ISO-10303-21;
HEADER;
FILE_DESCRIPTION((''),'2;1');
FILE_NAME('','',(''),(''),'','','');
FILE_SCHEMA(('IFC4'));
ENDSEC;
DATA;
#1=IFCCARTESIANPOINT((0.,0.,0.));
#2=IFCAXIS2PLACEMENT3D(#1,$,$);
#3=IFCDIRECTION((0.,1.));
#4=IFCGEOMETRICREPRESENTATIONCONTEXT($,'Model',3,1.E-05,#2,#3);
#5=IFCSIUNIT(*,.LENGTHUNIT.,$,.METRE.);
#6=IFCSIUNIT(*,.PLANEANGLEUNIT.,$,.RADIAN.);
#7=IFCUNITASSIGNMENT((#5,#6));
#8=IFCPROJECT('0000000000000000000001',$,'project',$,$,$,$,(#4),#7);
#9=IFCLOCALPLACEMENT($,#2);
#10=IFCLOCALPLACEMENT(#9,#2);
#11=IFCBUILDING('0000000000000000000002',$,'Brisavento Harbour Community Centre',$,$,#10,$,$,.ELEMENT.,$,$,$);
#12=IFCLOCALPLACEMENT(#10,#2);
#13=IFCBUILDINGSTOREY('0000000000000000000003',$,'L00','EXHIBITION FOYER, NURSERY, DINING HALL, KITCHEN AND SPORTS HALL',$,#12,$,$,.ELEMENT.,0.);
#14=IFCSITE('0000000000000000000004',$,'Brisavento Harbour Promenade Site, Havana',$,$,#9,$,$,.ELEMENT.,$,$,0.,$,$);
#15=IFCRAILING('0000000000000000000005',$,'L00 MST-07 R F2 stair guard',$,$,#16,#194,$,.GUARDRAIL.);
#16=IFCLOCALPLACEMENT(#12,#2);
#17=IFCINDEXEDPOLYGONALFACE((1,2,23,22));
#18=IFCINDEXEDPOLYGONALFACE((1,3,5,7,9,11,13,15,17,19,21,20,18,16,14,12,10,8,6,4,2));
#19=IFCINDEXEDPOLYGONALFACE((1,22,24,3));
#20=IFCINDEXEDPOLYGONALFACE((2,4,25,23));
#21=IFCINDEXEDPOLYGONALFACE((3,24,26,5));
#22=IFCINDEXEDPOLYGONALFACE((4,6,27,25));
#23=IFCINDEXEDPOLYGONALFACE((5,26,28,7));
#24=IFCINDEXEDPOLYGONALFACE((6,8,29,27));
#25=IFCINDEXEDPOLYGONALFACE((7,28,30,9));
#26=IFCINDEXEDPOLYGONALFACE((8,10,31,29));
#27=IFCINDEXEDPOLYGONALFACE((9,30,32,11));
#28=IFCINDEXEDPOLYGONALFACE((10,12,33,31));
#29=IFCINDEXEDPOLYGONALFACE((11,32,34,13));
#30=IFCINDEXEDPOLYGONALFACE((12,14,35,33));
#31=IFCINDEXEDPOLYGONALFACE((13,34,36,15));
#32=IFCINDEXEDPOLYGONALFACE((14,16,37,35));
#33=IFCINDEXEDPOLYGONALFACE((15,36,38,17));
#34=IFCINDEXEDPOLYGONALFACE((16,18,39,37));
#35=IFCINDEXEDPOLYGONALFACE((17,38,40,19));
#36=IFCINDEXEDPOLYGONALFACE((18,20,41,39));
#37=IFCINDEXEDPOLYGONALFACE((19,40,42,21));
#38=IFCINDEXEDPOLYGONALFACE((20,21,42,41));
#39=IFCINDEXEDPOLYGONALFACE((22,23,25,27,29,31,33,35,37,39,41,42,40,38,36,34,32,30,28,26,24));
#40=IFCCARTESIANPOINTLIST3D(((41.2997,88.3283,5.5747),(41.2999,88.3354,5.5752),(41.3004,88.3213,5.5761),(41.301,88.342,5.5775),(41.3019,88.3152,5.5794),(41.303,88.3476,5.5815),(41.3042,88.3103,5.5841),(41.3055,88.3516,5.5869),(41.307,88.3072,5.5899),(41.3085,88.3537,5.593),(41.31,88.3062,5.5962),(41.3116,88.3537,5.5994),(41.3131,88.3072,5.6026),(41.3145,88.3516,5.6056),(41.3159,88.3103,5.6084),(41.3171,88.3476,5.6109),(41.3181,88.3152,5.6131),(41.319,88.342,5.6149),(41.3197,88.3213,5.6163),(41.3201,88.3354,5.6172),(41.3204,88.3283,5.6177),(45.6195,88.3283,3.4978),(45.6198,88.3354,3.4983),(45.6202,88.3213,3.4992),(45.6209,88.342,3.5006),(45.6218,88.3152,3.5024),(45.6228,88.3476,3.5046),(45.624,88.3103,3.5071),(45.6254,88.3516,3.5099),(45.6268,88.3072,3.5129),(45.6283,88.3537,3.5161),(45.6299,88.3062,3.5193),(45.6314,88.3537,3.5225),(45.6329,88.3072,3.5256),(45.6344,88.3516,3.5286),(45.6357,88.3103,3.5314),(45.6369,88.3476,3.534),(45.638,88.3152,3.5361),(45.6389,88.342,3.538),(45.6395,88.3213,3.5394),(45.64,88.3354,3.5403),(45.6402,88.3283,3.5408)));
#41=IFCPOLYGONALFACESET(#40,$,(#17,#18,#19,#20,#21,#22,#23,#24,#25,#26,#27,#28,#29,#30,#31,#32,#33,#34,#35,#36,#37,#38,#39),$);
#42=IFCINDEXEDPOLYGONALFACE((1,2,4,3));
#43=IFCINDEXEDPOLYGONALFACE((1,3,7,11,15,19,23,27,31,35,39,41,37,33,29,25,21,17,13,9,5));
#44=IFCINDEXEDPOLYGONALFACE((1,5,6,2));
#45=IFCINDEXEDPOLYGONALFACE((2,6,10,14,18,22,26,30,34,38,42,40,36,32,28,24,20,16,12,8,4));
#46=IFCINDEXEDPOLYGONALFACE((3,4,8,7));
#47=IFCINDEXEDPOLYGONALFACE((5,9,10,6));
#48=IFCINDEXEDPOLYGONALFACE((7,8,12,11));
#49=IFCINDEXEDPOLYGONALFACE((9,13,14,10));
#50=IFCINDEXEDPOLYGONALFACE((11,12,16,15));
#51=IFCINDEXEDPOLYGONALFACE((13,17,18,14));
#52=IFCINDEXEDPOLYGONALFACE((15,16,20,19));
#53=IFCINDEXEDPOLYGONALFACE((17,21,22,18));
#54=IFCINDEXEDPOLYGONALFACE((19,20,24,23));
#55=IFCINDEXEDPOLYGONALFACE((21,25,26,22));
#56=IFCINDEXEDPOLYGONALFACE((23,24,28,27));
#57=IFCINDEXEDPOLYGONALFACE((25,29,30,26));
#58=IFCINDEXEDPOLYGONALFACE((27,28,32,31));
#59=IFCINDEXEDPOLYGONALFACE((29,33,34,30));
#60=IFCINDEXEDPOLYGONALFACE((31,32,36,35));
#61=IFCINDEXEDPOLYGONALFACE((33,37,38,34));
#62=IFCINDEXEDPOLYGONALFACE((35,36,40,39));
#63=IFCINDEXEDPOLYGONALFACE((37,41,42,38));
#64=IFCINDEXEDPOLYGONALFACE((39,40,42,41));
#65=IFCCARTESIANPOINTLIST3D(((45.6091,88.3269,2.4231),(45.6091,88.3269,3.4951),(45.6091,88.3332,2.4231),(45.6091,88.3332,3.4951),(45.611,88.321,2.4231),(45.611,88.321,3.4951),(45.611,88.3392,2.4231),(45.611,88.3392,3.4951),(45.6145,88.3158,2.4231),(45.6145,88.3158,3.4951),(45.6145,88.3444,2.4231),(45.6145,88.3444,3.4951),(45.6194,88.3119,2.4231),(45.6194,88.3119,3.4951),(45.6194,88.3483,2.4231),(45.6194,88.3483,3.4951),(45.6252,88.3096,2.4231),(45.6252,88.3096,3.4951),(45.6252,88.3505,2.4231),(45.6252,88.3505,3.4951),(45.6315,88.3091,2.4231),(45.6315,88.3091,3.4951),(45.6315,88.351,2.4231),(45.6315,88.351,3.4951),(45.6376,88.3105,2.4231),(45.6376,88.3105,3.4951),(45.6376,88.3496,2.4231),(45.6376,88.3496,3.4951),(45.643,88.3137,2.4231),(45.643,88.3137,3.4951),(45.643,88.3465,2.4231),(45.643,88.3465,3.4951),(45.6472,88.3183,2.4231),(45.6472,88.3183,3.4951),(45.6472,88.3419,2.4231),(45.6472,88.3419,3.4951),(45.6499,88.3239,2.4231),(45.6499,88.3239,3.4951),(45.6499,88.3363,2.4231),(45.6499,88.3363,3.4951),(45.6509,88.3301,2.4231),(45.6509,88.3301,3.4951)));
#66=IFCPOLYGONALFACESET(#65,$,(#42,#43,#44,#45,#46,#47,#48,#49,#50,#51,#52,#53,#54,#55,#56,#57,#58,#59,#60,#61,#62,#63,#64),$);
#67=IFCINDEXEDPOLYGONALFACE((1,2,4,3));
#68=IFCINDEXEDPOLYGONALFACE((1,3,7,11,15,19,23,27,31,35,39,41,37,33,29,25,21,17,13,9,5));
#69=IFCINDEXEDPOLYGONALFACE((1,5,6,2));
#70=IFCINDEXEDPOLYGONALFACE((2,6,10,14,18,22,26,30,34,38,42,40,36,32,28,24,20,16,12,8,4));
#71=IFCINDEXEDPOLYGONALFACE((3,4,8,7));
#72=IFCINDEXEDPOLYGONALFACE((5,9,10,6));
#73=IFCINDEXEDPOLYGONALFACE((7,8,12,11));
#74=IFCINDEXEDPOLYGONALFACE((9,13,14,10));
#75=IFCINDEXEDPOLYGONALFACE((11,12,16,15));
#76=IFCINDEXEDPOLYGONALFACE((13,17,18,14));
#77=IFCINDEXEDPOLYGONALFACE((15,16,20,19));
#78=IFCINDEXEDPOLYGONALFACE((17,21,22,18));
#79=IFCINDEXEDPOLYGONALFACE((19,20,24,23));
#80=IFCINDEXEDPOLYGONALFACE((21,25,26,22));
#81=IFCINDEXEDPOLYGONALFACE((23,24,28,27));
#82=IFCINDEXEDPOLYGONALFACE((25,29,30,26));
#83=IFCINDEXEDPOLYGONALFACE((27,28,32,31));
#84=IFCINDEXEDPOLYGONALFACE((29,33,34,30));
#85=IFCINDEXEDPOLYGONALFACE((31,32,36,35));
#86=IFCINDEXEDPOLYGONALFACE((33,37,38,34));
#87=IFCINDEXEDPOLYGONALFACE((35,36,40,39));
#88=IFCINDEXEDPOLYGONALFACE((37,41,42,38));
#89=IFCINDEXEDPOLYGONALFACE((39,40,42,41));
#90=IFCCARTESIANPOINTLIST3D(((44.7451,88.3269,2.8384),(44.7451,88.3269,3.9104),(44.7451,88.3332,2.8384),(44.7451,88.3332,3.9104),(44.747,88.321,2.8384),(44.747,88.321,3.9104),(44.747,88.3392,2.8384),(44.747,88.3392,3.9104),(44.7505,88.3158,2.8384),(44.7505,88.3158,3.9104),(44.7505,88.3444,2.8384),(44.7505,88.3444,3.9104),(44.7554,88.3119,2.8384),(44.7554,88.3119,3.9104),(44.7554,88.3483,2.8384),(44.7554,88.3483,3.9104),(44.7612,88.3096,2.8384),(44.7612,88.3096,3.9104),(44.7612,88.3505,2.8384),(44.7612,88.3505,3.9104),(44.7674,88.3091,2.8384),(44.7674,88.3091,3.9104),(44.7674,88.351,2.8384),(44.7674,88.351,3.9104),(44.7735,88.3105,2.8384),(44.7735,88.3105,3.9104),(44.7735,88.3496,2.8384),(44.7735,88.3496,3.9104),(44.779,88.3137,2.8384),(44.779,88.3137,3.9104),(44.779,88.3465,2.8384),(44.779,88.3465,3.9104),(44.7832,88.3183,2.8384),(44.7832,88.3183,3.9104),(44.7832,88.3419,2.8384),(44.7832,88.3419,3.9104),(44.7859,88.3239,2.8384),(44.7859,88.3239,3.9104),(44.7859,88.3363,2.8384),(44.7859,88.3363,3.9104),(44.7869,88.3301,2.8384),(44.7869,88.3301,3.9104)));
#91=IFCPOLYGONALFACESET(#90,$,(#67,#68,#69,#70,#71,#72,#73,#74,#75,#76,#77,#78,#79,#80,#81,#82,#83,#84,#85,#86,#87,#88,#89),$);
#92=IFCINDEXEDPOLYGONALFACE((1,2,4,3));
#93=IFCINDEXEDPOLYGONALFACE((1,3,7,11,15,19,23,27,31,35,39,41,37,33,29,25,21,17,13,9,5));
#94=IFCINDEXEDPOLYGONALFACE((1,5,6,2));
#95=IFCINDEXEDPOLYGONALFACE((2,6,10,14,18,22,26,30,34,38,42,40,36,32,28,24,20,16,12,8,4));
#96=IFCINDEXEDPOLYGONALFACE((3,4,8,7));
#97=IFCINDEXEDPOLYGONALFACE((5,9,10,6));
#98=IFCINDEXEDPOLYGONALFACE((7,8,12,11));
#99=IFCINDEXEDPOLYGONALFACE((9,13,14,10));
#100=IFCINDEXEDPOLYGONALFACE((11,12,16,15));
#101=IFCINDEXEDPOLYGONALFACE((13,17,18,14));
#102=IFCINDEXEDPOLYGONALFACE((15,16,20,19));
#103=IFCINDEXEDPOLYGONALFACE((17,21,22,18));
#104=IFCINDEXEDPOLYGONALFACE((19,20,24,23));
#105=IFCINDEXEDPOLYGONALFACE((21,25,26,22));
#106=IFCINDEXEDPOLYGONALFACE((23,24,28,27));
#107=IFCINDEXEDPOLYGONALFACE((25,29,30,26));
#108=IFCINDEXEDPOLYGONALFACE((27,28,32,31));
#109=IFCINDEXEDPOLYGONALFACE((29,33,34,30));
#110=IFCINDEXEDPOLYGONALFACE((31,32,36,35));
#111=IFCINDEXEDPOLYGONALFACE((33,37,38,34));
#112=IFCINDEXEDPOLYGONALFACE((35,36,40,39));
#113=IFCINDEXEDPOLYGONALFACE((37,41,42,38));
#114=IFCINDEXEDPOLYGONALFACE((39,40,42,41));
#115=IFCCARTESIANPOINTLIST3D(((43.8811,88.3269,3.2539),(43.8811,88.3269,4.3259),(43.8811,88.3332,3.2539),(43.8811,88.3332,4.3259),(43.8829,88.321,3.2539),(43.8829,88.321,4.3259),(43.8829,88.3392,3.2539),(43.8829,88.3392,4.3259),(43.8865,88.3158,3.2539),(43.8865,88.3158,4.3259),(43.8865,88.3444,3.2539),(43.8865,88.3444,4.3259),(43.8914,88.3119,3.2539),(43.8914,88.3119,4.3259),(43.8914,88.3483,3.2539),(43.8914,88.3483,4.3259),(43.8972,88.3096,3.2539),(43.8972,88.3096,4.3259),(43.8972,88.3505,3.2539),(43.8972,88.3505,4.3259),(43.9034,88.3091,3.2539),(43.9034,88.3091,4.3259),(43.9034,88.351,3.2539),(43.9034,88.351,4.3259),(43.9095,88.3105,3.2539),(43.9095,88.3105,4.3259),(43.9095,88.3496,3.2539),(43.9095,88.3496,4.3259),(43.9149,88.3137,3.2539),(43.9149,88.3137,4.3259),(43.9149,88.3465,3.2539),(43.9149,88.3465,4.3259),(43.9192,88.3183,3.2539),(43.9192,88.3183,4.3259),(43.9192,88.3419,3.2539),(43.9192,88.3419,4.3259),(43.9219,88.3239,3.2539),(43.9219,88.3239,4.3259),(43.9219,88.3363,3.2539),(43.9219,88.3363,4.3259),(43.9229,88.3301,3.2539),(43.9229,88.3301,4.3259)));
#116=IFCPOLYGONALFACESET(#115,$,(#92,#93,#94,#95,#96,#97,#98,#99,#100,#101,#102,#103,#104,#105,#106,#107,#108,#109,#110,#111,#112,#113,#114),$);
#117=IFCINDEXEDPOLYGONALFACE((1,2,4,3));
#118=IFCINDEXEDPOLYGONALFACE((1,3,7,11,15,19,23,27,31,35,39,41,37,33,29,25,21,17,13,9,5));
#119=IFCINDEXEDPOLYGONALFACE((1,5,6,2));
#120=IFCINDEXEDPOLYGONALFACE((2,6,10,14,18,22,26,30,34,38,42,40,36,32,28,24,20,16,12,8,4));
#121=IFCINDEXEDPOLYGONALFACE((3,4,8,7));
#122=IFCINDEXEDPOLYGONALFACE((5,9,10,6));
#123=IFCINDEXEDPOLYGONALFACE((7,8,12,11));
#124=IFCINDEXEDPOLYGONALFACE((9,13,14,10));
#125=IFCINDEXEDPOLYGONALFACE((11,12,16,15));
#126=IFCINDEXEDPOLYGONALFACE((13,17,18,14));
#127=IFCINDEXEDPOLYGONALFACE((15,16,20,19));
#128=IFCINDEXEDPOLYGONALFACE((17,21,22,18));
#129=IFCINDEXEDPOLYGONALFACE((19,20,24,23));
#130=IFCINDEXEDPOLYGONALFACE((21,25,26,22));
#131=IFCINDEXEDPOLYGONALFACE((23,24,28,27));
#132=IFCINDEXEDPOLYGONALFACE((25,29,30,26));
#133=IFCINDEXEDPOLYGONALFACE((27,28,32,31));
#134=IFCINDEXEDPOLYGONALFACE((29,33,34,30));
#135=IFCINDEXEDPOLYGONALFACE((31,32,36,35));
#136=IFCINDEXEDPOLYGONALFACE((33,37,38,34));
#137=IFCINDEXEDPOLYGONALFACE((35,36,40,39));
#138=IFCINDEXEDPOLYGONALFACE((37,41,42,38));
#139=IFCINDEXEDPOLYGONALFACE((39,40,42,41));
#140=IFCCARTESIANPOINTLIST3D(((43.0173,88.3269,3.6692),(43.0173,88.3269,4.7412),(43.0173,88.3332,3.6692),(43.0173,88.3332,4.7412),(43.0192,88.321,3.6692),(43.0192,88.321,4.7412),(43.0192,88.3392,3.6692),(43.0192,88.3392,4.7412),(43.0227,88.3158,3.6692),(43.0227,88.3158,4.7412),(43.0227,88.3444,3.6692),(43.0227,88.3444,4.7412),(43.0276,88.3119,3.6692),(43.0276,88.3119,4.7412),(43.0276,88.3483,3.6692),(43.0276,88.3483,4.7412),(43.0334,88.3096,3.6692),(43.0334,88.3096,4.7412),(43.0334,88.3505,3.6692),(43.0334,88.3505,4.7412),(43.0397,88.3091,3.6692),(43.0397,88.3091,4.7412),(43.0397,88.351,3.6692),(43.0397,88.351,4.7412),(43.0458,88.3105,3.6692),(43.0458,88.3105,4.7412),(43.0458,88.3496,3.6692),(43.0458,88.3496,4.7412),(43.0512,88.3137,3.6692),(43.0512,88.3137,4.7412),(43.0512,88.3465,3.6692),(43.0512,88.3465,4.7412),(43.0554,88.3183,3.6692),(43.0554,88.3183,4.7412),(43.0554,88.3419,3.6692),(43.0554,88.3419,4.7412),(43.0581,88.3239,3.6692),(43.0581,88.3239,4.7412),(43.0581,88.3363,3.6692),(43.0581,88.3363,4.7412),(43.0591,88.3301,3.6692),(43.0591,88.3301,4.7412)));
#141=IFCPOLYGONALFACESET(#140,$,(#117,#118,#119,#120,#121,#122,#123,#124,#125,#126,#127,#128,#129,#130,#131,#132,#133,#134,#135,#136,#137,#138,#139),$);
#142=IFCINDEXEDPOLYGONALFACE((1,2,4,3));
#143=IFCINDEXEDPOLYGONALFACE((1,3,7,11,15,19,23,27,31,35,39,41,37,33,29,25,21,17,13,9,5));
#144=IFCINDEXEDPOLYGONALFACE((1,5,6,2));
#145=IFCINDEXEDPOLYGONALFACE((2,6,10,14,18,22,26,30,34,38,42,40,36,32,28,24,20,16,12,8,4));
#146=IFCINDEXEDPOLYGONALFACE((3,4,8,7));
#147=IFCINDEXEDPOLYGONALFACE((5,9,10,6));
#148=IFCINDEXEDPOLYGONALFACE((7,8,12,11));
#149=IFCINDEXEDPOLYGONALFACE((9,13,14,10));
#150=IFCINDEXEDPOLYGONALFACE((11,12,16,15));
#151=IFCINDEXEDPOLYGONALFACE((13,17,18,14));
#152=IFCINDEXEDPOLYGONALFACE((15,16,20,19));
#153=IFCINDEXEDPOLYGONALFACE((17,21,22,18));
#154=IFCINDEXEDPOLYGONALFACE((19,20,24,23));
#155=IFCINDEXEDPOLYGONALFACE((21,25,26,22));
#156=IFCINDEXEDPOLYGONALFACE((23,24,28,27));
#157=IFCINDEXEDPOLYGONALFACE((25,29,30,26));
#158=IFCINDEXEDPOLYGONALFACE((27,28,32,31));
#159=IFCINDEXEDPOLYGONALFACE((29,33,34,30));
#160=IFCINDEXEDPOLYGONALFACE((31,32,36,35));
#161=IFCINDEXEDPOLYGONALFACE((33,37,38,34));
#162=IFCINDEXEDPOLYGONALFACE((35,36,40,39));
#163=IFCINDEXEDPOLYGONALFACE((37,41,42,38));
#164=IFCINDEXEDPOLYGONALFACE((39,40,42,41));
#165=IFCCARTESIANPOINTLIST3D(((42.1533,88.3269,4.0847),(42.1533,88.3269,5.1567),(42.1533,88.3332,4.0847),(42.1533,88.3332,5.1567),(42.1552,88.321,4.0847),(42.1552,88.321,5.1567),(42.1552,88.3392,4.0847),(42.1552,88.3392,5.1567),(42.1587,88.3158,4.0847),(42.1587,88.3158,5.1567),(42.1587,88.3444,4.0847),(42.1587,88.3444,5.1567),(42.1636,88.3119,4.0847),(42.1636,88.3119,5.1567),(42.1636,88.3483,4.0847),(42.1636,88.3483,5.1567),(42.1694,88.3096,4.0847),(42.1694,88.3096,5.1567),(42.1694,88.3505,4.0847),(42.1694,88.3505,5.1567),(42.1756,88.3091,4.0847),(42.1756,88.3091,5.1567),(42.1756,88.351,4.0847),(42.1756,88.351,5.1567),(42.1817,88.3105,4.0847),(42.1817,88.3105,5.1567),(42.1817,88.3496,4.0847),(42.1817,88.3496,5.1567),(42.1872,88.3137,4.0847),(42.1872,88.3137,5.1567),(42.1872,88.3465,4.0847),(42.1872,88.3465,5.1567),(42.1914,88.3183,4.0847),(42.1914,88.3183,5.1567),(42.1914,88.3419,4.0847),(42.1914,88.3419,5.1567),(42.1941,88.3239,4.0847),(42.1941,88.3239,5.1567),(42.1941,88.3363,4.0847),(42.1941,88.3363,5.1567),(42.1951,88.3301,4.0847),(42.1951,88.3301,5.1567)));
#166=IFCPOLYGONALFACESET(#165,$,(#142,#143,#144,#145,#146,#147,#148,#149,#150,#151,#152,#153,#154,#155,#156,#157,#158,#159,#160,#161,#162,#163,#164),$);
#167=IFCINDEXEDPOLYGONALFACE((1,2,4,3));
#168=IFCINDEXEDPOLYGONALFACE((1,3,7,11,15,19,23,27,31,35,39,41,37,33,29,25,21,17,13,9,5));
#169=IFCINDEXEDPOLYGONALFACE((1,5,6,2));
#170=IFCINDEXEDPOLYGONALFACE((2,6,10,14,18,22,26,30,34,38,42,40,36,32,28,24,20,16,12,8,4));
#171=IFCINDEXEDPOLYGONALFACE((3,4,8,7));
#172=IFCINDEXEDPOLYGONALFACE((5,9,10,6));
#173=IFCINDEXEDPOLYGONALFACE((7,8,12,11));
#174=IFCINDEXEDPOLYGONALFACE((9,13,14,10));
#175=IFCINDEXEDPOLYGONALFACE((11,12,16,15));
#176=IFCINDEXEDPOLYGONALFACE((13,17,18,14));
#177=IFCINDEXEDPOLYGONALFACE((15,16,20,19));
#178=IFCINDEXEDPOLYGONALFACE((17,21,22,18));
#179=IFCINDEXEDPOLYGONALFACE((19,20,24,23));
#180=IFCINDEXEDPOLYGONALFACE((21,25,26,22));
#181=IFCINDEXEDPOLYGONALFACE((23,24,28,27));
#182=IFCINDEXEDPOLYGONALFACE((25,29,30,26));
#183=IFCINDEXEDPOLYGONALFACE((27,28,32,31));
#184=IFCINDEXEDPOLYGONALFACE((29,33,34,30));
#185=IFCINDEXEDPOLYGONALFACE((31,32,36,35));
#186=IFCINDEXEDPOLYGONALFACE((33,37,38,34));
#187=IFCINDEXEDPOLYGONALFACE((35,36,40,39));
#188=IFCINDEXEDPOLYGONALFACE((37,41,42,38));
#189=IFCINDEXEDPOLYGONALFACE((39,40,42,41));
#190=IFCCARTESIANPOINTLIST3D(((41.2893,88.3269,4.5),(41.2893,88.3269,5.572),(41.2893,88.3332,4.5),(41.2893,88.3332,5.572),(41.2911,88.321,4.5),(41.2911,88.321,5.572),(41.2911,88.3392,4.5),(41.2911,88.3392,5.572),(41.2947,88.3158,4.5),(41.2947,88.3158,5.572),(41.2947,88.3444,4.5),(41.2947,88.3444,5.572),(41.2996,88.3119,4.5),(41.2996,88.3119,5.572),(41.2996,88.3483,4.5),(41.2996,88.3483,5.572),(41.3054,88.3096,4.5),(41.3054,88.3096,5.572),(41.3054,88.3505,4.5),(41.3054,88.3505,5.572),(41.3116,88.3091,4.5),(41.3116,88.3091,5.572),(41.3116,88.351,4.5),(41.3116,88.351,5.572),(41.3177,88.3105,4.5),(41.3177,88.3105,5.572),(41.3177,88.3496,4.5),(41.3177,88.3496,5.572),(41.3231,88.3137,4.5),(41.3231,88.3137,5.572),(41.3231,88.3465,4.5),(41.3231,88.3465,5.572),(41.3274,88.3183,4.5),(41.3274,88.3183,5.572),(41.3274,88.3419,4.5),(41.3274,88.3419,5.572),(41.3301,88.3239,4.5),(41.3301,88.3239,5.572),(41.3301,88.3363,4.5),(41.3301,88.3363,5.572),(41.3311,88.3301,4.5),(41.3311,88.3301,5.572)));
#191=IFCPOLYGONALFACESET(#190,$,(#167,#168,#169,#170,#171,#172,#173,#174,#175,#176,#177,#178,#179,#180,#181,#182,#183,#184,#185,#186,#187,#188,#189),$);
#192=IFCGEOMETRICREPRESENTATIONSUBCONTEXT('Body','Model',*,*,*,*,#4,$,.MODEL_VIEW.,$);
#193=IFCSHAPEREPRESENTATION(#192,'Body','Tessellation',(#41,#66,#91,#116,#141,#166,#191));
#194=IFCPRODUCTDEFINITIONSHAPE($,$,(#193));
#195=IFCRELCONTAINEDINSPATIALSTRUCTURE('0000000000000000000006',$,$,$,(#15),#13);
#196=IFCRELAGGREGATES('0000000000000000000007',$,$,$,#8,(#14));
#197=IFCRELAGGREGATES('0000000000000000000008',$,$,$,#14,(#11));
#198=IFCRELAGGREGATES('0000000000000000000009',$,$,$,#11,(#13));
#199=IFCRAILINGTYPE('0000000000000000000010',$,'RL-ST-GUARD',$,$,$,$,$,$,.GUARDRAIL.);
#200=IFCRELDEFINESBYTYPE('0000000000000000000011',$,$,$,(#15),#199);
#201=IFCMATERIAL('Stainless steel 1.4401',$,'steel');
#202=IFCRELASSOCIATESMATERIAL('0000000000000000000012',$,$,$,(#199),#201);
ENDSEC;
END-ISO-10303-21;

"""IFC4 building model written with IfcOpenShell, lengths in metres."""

from ifc_helpers import new_model, si_unit, direction, frame, origin, origin_2d, place, context, subcontext, project, spatial, circle, extrude, material, type_object, element, save


model = new_model("IFC4")

# Units and contexts
model_context = context("Model", 3, precision=1e-05, world=origin(), true_north=direction((0.0, 1.0)))
body_context = subcontext(model_context, "Body", "Model", "MODEL_VIEW")
ifc_project = project(units=[si_unit("LENGTHUNIT", "METRE"), si_unit("PLANEANGLEUNIT", "RADIAN")], contexts=[model_context])

# Site, building, storey
site_placement = place(None, origin())
site = spatial("IfcSite", under=ifc_project, at=site_placement, Name="Brisavento Harbour Promenade Site, Havana", CompositionType="ELEMENT", RefElevation=0.0)
building_placement = place(site_placement, origin())
building = spatial("IfcBuilding", under=site, at=building_placement, Name="Brisavento Harbour Community Centre", CompositionType="ELEMENT")
storey_placement = place(building_placement, origin())
storey = spatial("IfcBuildingStorey", under=building, at=storey_placement, Name="L00", Description="EXHIBITION FOYER, NURSERY, DINING HALL, KITCHEN AND SPORTS HALL", CompositionType="ELEMENT", Elevation=0.0)

# Railing
ifc_material_1 = material(Name="Stainless steel 1.4401", Category="steel")
railing_type = type_object("IfcRailingType", Name="RL-ST-GUARD", PredefinedType="GUARDRAIL", material=ifc_material_1)
railing_1_placement = place(storey_placement, frame((45.6299, 88.3301, 2.4231)))
element("IfcRailing", 1, at=railing_1_placement, inside=storey, type_object=railing_type, Name="L00 MST-07 R F2 stair guard", PredefinedType="GUARDRAIL", context=body_context, shape_type="SweptSolid", body=[
    extrude(circle(Radius=0.0239, at=origin_2d()), frame((0.0, 0.0, 1.0962), z_axis=(-0.901247, 0.0, 0.433306), x_axis=(0.0, -1.0, 0.0)), (0.0, 0.0, 1.0), 4.7932),
    extrude(circle(Radius=0.021, at=origin_2d()), origin(), (0.0, 0.0, 1.0), 1.072),
    extrude(circle(Radius=0.021, at=origin_2d()), frame((-0.864, 0.0, 0.4153)), (0.0, 0.0, 1.0), 1.072),
    extrude(circle(Radius=0.021, at=origin_2d()), frame((-1.728, 0.0, 0.8308)), (0.0, 0.0, 1.0), 1.072),
    extrude(circle(Radius=0.021, at=origin_2d()), frame((-2.5918, 0.0, 1.2461)), (0.0, 0.0, 1.0), 1.072),
    extrude(circle(Radius=0.021, at=origin_2d()), frame((-3.4558, 0.0, 1.6616)), (0.0, 0.0, 1.0), 1.072),
    extrude(circle(Radius=0.021, at=origin_2d()), frame((-4.3198, 0.0, 2.0769)), (0.0, 0.0, 1.0), 1.072),
])

save(model, "model.ifc")
